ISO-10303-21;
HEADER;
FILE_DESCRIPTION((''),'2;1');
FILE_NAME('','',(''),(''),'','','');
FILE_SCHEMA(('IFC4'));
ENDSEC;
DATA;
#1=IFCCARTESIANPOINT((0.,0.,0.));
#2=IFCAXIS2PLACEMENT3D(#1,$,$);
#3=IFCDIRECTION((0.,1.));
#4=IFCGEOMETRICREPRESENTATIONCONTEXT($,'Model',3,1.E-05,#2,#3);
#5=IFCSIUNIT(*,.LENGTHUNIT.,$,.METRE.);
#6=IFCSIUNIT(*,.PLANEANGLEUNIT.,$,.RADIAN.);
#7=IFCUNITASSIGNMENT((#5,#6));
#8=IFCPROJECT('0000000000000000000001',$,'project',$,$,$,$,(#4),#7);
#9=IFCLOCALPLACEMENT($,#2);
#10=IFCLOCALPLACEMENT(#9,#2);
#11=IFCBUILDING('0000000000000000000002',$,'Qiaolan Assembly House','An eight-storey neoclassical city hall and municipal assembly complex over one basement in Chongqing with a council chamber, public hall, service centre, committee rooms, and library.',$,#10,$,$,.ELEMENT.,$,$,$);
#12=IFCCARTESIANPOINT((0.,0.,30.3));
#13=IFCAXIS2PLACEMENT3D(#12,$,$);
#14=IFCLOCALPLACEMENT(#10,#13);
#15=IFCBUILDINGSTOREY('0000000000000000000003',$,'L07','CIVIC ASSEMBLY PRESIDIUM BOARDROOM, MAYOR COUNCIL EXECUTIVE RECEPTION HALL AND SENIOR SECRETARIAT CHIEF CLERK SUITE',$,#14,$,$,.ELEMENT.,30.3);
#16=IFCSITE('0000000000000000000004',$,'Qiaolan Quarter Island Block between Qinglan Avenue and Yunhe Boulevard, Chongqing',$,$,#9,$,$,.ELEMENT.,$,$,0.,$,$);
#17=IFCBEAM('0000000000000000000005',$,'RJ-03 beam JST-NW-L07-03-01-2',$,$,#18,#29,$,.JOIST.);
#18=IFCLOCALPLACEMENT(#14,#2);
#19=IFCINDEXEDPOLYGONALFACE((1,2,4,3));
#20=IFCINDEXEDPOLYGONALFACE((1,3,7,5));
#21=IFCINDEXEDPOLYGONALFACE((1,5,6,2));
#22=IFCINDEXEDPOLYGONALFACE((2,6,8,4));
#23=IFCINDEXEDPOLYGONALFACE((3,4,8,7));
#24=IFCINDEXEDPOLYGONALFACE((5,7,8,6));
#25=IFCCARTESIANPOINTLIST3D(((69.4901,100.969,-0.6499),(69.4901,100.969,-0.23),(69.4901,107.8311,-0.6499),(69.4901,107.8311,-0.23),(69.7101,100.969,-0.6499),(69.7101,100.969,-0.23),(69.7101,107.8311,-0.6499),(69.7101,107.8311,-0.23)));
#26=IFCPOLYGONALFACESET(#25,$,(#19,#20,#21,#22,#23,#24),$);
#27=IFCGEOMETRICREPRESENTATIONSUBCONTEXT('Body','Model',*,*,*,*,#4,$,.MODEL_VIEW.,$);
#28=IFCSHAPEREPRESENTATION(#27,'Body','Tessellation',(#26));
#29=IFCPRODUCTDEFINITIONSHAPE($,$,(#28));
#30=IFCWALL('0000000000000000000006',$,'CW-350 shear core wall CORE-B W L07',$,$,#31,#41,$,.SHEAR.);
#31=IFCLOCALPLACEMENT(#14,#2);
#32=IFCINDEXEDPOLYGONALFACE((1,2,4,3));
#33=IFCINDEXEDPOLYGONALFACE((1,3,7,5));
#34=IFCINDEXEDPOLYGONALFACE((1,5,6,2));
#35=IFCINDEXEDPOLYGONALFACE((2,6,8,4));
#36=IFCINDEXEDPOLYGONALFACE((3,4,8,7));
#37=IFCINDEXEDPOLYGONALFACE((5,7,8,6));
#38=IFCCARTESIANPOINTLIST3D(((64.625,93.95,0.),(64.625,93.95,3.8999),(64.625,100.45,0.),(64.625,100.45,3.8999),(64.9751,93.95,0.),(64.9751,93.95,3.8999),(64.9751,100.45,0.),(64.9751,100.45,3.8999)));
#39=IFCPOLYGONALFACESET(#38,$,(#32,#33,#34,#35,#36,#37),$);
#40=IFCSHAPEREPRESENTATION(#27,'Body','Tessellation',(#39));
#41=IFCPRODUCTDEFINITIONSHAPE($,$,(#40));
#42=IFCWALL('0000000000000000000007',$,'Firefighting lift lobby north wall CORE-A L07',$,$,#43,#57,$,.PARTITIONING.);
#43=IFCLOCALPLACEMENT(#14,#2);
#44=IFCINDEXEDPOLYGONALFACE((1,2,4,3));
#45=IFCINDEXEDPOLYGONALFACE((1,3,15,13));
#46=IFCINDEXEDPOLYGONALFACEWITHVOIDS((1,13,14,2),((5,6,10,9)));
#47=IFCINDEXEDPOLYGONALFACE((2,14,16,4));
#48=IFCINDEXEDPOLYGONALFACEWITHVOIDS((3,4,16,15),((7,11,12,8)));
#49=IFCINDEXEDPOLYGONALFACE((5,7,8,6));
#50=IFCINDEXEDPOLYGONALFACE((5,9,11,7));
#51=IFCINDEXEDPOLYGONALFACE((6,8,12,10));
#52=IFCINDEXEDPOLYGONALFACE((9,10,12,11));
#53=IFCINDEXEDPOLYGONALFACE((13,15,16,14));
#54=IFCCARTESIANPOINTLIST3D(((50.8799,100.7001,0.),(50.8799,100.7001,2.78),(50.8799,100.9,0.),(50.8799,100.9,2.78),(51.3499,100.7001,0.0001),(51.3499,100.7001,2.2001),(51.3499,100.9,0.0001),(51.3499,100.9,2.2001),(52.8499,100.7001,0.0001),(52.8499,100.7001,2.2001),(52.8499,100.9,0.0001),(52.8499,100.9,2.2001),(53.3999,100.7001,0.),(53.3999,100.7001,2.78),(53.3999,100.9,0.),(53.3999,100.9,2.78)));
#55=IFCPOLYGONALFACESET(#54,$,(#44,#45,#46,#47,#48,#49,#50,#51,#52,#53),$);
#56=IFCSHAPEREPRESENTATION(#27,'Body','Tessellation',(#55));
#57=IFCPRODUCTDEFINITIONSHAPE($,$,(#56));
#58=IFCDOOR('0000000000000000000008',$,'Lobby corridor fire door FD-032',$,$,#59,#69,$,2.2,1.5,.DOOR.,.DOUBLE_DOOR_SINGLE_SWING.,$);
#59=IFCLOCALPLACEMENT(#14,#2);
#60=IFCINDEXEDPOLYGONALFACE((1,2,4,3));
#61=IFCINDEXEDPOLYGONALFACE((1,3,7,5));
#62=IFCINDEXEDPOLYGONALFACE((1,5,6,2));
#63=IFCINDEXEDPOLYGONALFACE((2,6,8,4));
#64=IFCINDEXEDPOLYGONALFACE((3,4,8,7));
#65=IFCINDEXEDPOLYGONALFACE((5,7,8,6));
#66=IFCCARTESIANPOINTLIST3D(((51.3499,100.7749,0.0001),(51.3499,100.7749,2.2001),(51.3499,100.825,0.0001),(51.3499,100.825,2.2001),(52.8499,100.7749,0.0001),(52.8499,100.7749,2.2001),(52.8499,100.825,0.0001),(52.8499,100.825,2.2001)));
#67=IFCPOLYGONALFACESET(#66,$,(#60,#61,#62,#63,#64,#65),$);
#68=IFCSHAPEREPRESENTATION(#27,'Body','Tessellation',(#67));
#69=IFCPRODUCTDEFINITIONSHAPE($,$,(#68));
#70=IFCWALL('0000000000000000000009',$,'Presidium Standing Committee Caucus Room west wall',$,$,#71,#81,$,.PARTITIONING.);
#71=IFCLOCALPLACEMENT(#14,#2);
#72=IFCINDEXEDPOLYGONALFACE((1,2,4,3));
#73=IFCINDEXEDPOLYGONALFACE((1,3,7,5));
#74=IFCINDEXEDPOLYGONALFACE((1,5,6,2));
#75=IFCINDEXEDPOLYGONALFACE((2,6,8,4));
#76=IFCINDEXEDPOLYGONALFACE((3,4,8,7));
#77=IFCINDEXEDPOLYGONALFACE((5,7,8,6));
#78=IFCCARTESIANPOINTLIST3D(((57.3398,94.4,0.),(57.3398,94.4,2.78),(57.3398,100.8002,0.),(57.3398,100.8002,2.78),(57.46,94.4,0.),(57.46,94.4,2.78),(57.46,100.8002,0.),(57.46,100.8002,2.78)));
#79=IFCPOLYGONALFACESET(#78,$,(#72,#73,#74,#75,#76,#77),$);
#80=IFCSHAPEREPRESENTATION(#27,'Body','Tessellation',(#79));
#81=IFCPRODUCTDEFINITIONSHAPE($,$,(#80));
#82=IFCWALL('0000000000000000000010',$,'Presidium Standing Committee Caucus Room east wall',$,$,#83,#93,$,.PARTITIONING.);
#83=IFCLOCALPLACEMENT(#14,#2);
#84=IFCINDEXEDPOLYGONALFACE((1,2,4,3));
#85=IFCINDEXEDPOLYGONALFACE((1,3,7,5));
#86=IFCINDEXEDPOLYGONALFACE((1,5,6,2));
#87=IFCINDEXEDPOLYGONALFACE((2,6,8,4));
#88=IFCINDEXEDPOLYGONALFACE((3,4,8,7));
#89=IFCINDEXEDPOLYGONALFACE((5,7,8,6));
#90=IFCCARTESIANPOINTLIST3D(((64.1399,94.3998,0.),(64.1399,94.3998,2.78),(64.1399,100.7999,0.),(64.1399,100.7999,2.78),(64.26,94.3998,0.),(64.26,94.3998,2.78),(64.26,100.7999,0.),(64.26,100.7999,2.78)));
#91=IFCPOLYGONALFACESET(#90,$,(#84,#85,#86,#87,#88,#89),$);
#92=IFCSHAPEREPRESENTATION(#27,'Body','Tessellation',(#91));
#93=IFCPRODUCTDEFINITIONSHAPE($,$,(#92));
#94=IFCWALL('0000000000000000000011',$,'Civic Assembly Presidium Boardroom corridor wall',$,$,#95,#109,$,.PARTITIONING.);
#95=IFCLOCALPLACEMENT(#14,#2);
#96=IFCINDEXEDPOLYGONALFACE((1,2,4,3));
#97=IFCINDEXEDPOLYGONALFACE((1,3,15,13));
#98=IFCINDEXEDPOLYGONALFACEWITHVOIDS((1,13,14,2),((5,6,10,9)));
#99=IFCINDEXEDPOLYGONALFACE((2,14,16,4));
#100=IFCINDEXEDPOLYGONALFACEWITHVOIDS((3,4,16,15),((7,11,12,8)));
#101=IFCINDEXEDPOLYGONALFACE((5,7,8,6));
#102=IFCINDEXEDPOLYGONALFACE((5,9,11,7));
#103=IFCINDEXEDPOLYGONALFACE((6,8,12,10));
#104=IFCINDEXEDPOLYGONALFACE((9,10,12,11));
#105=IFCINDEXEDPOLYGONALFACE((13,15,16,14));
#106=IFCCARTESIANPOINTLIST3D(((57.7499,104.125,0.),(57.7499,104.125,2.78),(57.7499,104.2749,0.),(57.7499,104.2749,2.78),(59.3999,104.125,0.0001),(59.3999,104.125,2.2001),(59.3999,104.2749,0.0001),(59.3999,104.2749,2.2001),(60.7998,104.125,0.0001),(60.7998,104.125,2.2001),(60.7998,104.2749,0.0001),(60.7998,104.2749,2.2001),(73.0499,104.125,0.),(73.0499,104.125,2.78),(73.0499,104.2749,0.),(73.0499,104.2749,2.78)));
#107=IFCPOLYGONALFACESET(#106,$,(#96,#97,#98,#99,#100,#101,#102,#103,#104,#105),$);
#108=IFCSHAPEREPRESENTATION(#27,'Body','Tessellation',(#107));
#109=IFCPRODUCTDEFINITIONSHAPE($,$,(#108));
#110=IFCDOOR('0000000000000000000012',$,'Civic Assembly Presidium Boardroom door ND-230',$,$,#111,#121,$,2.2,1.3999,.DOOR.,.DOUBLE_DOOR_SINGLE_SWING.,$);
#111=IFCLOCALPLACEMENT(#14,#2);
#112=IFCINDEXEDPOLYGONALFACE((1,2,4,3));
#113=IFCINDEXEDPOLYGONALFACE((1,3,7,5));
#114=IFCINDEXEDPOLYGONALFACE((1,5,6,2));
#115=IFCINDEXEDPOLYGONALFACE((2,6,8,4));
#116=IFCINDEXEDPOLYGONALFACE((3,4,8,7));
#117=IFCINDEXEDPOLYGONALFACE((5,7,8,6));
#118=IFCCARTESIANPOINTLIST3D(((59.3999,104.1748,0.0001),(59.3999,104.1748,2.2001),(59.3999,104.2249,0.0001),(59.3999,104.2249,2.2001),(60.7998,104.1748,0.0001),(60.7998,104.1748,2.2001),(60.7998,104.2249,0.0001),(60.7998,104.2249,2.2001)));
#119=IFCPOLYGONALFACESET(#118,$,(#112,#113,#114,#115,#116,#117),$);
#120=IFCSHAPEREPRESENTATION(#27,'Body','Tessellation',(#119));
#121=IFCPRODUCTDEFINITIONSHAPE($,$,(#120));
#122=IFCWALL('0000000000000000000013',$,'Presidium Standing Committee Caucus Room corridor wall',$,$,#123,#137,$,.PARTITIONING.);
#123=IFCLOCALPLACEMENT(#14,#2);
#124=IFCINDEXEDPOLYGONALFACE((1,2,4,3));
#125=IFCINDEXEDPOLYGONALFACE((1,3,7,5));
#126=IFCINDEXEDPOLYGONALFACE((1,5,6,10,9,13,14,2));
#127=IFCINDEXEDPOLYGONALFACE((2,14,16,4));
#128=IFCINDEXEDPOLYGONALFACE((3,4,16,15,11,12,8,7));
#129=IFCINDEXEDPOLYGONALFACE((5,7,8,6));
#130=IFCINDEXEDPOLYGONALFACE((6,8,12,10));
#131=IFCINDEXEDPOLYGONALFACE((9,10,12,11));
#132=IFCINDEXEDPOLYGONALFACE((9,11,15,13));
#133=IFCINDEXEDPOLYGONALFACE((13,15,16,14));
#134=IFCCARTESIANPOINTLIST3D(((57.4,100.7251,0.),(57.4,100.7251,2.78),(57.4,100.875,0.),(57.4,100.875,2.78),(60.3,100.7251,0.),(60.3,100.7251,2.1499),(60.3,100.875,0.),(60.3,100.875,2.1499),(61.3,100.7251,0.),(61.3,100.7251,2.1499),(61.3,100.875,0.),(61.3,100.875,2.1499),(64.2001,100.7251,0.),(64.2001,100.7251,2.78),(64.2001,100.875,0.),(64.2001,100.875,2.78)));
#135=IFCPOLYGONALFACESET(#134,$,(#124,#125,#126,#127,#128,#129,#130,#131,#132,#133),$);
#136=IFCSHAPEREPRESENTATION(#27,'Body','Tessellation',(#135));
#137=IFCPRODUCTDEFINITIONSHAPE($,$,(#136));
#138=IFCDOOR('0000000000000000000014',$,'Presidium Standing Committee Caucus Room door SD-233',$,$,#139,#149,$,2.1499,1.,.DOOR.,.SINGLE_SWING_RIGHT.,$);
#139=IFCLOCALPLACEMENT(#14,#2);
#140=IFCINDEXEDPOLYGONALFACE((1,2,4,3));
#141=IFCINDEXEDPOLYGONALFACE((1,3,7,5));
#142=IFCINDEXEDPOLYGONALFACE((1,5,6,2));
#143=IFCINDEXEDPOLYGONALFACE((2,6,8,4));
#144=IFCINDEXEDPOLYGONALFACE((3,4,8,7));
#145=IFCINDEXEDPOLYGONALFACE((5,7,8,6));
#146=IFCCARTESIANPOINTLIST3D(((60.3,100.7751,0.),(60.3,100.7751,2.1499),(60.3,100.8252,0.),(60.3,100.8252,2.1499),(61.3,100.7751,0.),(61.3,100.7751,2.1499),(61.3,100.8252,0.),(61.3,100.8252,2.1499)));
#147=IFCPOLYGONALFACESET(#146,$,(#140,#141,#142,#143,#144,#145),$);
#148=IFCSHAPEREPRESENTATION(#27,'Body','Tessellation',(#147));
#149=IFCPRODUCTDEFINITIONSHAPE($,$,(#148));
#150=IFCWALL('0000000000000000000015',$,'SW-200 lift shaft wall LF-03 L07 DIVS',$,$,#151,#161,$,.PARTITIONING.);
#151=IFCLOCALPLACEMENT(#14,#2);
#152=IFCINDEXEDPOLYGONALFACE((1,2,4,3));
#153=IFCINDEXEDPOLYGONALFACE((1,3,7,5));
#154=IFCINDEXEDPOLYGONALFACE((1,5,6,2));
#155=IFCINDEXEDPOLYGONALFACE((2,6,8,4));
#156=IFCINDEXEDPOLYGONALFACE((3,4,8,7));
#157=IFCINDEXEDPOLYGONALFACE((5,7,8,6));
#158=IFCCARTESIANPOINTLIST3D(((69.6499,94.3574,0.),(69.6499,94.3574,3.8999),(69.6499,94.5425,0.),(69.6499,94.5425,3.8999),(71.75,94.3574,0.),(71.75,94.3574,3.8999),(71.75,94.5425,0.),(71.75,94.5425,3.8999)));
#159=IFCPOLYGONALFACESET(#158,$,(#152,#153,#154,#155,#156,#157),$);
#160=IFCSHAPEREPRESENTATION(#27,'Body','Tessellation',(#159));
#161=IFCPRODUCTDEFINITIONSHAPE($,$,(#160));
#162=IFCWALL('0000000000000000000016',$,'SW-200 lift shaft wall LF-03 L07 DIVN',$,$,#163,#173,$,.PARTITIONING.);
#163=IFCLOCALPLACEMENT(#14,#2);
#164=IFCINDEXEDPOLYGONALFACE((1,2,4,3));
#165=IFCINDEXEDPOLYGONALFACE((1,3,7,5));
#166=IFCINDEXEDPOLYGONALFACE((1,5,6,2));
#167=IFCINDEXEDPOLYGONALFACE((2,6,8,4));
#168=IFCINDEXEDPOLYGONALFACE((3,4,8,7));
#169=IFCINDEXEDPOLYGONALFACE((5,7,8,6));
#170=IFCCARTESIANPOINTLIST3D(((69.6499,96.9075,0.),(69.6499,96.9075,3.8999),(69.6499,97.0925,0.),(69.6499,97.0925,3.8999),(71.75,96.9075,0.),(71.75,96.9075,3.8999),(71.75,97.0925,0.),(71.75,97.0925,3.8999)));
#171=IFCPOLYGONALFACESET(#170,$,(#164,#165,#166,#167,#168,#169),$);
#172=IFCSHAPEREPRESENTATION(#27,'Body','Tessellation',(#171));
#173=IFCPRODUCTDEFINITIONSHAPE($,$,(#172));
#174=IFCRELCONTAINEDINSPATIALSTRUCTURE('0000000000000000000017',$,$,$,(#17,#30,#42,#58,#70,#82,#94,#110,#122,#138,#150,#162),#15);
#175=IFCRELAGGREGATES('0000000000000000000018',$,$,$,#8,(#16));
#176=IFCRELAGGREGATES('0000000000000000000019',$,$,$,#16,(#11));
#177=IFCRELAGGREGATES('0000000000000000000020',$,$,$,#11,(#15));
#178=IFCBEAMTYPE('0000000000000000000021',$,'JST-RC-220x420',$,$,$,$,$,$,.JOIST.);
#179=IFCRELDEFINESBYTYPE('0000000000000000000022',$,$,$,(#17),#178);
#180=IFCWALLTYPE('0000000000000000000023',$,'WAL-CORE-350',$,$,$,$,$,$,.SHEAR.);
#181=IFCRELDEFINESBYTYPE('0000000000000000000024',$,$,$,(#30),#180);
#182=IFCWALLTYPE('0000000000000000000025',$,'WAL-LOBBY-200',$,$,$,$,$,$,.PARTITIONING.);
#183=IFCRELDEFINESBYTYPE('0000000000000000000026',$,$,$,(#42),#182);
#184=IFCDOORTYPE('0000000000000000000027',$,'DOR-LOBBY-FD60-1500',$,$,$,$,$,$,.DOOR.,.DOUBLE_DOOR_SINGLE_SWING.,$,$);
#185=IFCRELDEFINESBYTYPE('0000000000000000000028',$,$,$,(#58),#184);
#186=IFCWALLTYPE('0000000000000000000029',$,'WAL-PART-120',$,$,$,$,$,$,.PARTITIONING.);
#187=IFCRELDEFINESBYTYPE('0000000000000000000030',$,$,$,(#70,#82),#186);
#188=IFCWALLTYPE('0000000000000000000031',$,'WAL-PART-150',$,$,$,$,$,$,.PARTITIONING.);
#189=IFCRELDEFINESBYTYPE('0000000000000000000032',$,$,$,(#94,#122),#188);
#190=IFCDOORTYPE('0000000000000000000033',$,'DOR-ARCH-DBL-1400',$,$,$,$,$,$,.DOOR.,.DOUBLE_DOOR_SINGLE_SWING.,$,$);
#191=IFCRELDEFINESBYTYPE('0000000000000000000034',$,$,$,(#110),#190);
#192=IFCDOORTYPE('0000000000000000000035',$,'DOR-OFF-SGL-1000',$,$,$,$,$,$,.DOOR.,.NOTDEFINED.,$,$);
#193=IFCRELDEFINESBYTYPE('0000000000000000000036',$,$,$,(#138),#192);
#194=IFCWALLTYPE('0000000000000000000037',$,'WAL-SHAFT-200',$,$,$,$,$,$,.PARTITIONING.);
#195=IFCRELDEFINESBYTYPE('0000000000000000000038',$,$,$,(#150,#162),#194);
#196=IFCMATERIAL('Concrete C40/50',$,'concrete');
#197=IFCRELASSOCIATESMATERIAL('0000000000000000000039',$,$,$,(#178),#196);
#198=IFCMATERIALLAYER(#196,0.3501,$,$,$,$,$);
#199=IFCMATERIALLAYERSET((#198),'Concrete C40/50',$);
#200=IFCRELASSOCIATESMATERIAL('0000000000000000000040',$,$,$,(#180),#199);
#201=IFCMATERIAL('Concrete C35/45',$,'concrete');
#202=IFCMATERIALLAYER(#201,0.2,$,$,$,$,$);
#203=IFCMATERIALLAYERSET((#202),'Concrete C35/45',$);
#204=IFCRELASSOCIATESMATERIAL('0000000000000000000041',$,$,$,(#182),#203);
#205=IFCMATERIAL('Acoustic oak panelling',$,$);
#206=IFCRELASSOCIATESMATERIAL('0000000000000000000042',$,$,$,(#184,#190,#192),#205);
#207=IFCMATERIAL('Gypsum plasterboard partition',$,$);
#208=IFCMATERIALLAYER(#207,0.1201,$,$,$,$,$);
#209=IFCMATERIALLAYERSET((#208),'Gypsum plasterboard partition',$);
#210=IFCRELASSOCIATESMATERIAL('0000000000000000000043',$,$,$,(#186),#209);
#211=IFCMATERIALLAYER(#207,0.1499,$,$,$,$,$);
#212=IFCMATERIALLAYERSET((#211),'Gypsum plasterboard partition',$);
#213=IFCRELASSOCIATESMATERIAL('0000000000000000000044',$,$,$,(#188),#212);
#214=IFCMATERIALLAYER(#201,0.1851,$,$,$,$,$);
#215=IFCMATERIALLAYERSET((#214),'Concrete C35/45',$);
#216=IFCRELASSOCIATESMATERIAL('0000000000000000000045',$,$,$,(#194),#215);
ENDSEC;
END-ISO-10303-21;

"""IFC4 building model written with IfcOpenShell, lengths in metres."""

from ifc_helpers import new_model, si_unit, direction, frame, frame_2d, origin, origin_2d, place, context, subcontext, project, spatial, rectangle, extrude, material, layer, layer_set, material_profile, profile_set, type_object, element, fill, save


model = new_model("IFC4")

# Units and contexts
model_context = context("Model", 3, precision=1e-05, world=origin(), true_north=direction((0.0, 1.0)))
body_context = subcontext(model_context, "Body", "Model", "MODEL_VIEW")
ifc_project = project(units=[si_unit("LENGTHUNIT", "METRE"), si_unit("PLANEANGLEUNIT", "RADIAN")], contexts=[model_context])

# Site, building, storey
site_placement = place(None, origin())
site = spatial("IfcSite", under=ifc_project, at=site_placement, Name="Qiaolan Quarter Island Block between Qinglan Avenue and Yunhe Boulevard, Chongqing", CompositionType="ELEMENT", RefElevation=0.0)
building_placement = place(site_placement, origin())
building = spatial("IfcBuilding", under=site, at=building_placement, Name="Qiaolan Assembly House", Description="An eight-storey neoclassical city hall and municipal assembly complex over one basement in Chongqing with a council chamber, public hall, service centre, committee rooms, and library.", CompositionType="ELEMENT")
storey_placement = place(building_placement, frame((0.0, 0.0, 30.3)))
storey = spatial("IfcBuildingStorey", under=building, at=storey_placement, Name="L07", Description="CIVIC ASSEMBLY PRESIDIUM BOARDROOM, MAYOR COUNCIL EXECUTIVE RECEPTION HALL AND SENIOR SECRETARIAT CHIEF CLERK SUITE", CompositionType="ELEMENT", Elevation=30.3)

# Shared definitions
ifc_material_1 = material(Name="Concrete C40/50", Category="concrete")

# Beam
ifc_material_profile_1 = material_profile(ifc_material_1, rectangle(XDim=0.22, YDim=0.4199, at=origin_2d()), Name="RCB 220x420")
ifc_profile_set_1 = profile_set([ifc_material_profile_1], Name="Concrete C40/50")
beam_type_1 = type_object("IfcBeamType", Name="JST-RC-220x420", PredefinedType="JOIST", material=ifc_profile_set_1)
for number, where, z_axis, x_axis, name in (
    (1, (69.6001, 100.969, -0.4399), (0.0, 1.0, 0.0), (-1.0, 0.0, 0.0), "RJ-03 beam JST-NW-L07-03-01-2"),
):
    element("IfcBeam", number, at=place(storey_placement, frame(where, z_axis=z_axis, x_axis=x_axis)), inside=storey, type_object=beam_type_1, Name=name, PredefinedType="JOIST", context=body_context, shape_type="SweptSolid", body=[
        extrude(rectangle(XDim=0.22, YDim=0.4199, at=origin_2d()), origin(), (0.0, 0.0, 1.0), 6.8621),
    ])

# Wall
ifc_layer_1 = layer(ifc_material_1, 0.3501)
ifc_layer_set_1 = layer_set([ifc_layer_1], Name="Concrete C40/50")
wall_type_1 = type_object("IfcWallType", Name="WAL-CORE-350", PredefinedType="SHEAR", material=ifc_layer_set_1)
wall_1_placement = place(storey_placement, frame((64.8, 100.45, 0.0), z_axis=(0.0, 0.0, 1.0), x_axis=(0.0, -1.0, 0.0)))
element("IfcWall", 2, at=wall_1_placement, inside=storey, type_object=wall_type_1, Name="CW-350 shear core wall CORE-B W L07", PredefinedType="SHEAR", context=body_context, shape_type="SweptSolid", body=[
    extrude(rectangle(XDim=6.5, YDim=0.3501, at=frame_2d((3.25, 0.0))), origin(), (0.0, 0.0, 1.0), 3.8999),
])

# Wall, opening, door
ifc_material_2 = material(Name="Concrete C35/45", Category="concrete")
ifc_layer_2 = layer(ifc_material_2, 0.2)
ifc_layer_set_2 = layer_set([ifc_layer_2], Name="Concrete C35/45")
wall_type_2 = type_object("IfcWallType", Name="WAL-LOBBY-200", PredefinedType="PARTITIONING", material=ifc_layer_set_2)
wall_2_placement = place(storey_placement, frame((53.3999, 100.8, 0.0), z_axis=(0.0, 0.0, 1.0), x_axis=(-1.0, 0.0, 0.0)))
wall_2 = element("IfcWall", 3, at=wall_2_placement, inside=storey, type_object=wall_type_2, Name="Firefighting lift lobby north wall CORE-A L07", PredefinedType="PARTITIONING", context=body_context, shape_type="SweptSolid", body=[
    extrude(rectangle(XDim=2.52, YDim=0.2, at=frame_2d((1.26, 0.0))), origin(), (0.0, 0.0, 1.0), 2.78),
])
opening_1_placement = place(wall_2_placement, frame((0.55, 0.0, 0.0)))
opening_1 = element("IfcOpeningElement", 4, at=opening_1_placement, cuts=wall_2, PredefinedType="OPENING", context=body_context, shape_type="SweptSolid", body=[
    extrude(rectangle(XDim=1.5, YDim=2.2, at=frame_2d((0.75, 1.1001))), frame((0.0, 0.1099, 0.0), z_axis=(0.0, -1.0, 0.0), x_axis=(1.0, 0.0, 0.0)), (0.0, 0.0, 1.0), 0.22),
])
ifc_material_3 = material(Name="Acoustic oak panelling")
door_type_1 = type_object("IfcDoorType", Name="DOR-LOBBY-FD60-1500", OperationType="DOUBLE_DOOR_SINGLE_SWING", PredefinedType="DOOR", material=ifc_material_3)
door_1_placement = place(opening_1_placement, frame((1.5, 0.0, 0.0), z_axis=(0.0, 0.0, 1.0), x_axis=(-1.0, 0.0, 0.0)))
door_1 = element("IfcDoor", 5, at=door_1_placement, inside=storey, type_object=door_type_1, Name="Lobby corridor fire door FD-032", OperationType="DOUBLE_DOOR_SINGLE_SWING", OverallHeight=2.2, OverallWidth=1.5, PredefinedType="DOOR", context=body_context, shape_type="SweptSolid", body=[
    extrude(rectangle(XDim=1.5, YDim=2.2, at=frame_2d((0.75, 1.1001))), frame((0.0, 0.0249, 0.0), z_axis=(0.0, -1.0, 0.0), x_axis=(1.0, 0.0, 0.0)), (0.0, 0.0, 1.0), 0.05),
])
fill(opening_1, door_1)

# Walls
ifc_material_4 = material(Name="Gypsum plasterboard partition")
ifc_layer_3 = layer(ifc_material_4, 0.1201)
ifc_layer_set_3 = layer_set([ifc_layer_3], Name="Gypsum plasterboard partition")
wall_type_3 = type_object("IfcWallType", Name="WAL-PART-120", PredefinedType="PARTITIONING", material=ifc_layer_set_3)
for number, where, z_axis, x_axis, name in (
    (6, (57.3999, 94.3999, 0.0), (0.0, 0.0, 1.0), (0.0, 1.0, 0.0), "Presidium Standing Committee Caucus Room west wall"),
    (7, (64.2, 100.8, 0.0), (0.0, 0.0, 1.0), (0.0, -1.0, 0.0), "Presidium Standing Committee Caucus Room east wall"),
):
    element("IfcWall", number, at=place(storey_placement, frame(where, z_axis=z_axis, x_axis=x_axis)), inside=storey, type_object=wall_type_3, Name=name, PredefinedType="PARTITIONING", context=body_context, shape_type="SweptSolid", body=[
        extrude(rectangle(XDim=6.4001, YDim=0.1201, at=frame_2d((3.2002, 0.0))), origin(), (0.0, 0.0, 1.0), 2.78),
    ])

# Walls, openings, doors
ifc_layer_4 = layer(ifc_material_4, 0.1499)
ifc_layer_set_4 = layer_set([ifc_layer_4], Name="Gypsum plasterboard partition")
wall_type_4 = type_object("IfcWallType", Name="WAL-PART-150", PredefinedType="PARTITIONING", material=ifc_layer_set_4)
wall_3_placement = place(storey_placement, frame((57.75, 104.2, 0.0), z_axis=(0.0, 0.0, 1.0), x_axis=(1.0, 0.0, 0.0)))
wall_3 = element("IfcWall", 8, at=wall_3_placement, inside=storey, type_object=wall_type_4, Name="Civic Assembly Presidium Boardroom corridor wall", PredefinedType="PARTITIONING", context=body_context, shape_type="SweptSolid", body=[
    extrude(rectangle(XDim=15.3, YDim=0.1499, at=frame_2d((7.6499, 0.0))), origin(), (0.0, 0.0, 1.0), 2.78),
])
opening_2_placement = place(wall_3_placement, frame((1.6499, 0.0, 0.0)))
opening_2 = element("IfcOpeningElement", 9, at=opening_2_placement, cuts=wall_3, PredefinedType="OPENING", context=body_context, shape_type="SweptSolid", body=[
    extrude(rectangle(XDim=1.3999, YDim=2.2, at=frame_2d((0.7, 1.1001))), frame((0.0, 0.085, 0.0), z_axis=(0.0, -1.0, 0.0), x_axis=(1.0, 0.0, 0.0)), (0.0, 0.0, 1.0), 0.1699),
])
door_type_2 = type_object("IfcDoorType", Name="DOR-ARCH-DBL-1400", OperationType="DOUBLE_DOOR_SINGLE_SWING", PredefinedType="DOOR", material=ifc_material_3)
door_2_placement = place(opening_2_placement, origin())
door_2 = element("IfcDoor", 10, at=door_2_placement, inside=storey, type_object=door_type_2, Name="Civic Assembly Presidium Boardroom door ND-230", OperationType="DOUBLE_DOOR_SINGLE_SWING", OverallHeight=2.2, OverallWidth=1.3999, PredefinedType="DOOR", context=body_context, shape_type="SweptSolid", body=[
    extrude(rectangle(XDim=1.3999, YDim=2.2, at=frame_2d((0.7, 1.1001))), frame((0.0, 0.0249, 0.0), z_axis=(0.0, -1.0, 0.0), x_axis=(1.0, 0.0, 0.0)), (0.0, 0.0, 1.0), 0.05),
])
fill(opening_2, door_2)
wall_4_placement = place(storey_placement, frame((64.2, 100.8, 0.0), z_axis=(0.0, 0.0, 1.0), x_axis=(-1.0, 0.0, 0.0)))
wall_4 = element("IfcWall", 11, at=wall_4_placement, inside=storey, type_object=wall_type_4, Name="Presidium Standing Committee Caucus Room corridor wall", PredefinedType="PARTITIONING", context=body_context, shape_type="SweptSolid", body=[
    extrude(rectangle(XDim=6.8, YDim=0.1499, at=frame_2d((3.3999, 0.0))), origin(), (0.0, 0.0, 1.0), 2.78),
])
opening_3_placement = place(wall_4_placement, frame((2.8999, 0.0, 0.0)))
opening_3 = element("IfcOpeningElement", 12, at=opening_3_placement, cuts=wall_4, PredefinedType="OPENING", context=body_context, shape_type="SweptSolid", body=[
    extrude(rectangle(XDim=1.0, YDim=2.1499, at=frame_2d((0.5, 1.075))), frame((0.0, 0.085, 0.0), z_axis=(0.0, -1.0, 0.0), x_axis=(1.0, 0.0, 0.0)), (0.0, 0.0, 1.0), 0.1699),
])
door_type_3 = type_object("IfcDoorType", Name="DOR-OFF-SGL-1000", OperationType="NOTDEFINED", PredefinedType="DOOR", material=ifc_material_3)
door_3_placement = place(opening_3_placement, origin())
door_3 = element("IfcDoor", 13, at=door_3_placement, inside=storey, type_object=door_type_3, Name="Presidium Standing Committee Caucus Room door SD-233", OperationType="SINGLE_SWING_RIGHT", OverallHeight=2.1499, OverallWidth=1.0, PredefinedType="DOOR", context=body_context, shape_type="SweptSolid", body=[
    extrude(rectangle(XDim=1.0, YDim=2.1499, at=frame_2d((0.5, 1.075))), frame((0.0, 0.0249, 0.0), z_axis=(0.0, -1.0, 0.0), x_axis=(1.0, 0.0, 0.0)), (0.0, 0.0, 1.0), 0.05),
])
fill(opening_3, door_3)

# Walls
ifc_layer_5 = layer(ifc_material_2, 0.1851)
ifc_layer_set_5 = layer_set([ifc_layer_5], Name="Concrete C35/45")
wall_type_5 = type_object("IfcWallType", Name="WAL-SHAFT-200", PredefinedType="PARTITIONING", material=ifc_layer_set_5)
for number, where, z_axis, x_axis, name in (
    (14, (69.6499, 94.45, 0.0), (0.0, 0.0, 1.0), (1.0, 0.0, 0.0), "SW-200 lift shaft wall LF-03 L07 DIVS"),
    (15, (69.6499, 97.0, 0.0), (0.0, 0.0, 1.0), (1.0, 0.0, 0.0), "SW-200 lift shaft wall LF-03 L07 DIVN"),
):
    element("IfcWall", number, at=place(storey_placement, frame(where, z_axis=z_axis, x_axis=x_axis)), inside=storey, type_object=wall_type_5, Name=name, PredefinedType="PARTITIONING", context=body_context, shape_type="SweptSolid", body=[
        extrude(rectangle(XDim=2.1001, YDim=0.1851, at=frame_2d((1.05, 0.0))), origin(), (0.0, 0.0, 1.0), 3.8999),
    ])

save(model, "model.ifc")
